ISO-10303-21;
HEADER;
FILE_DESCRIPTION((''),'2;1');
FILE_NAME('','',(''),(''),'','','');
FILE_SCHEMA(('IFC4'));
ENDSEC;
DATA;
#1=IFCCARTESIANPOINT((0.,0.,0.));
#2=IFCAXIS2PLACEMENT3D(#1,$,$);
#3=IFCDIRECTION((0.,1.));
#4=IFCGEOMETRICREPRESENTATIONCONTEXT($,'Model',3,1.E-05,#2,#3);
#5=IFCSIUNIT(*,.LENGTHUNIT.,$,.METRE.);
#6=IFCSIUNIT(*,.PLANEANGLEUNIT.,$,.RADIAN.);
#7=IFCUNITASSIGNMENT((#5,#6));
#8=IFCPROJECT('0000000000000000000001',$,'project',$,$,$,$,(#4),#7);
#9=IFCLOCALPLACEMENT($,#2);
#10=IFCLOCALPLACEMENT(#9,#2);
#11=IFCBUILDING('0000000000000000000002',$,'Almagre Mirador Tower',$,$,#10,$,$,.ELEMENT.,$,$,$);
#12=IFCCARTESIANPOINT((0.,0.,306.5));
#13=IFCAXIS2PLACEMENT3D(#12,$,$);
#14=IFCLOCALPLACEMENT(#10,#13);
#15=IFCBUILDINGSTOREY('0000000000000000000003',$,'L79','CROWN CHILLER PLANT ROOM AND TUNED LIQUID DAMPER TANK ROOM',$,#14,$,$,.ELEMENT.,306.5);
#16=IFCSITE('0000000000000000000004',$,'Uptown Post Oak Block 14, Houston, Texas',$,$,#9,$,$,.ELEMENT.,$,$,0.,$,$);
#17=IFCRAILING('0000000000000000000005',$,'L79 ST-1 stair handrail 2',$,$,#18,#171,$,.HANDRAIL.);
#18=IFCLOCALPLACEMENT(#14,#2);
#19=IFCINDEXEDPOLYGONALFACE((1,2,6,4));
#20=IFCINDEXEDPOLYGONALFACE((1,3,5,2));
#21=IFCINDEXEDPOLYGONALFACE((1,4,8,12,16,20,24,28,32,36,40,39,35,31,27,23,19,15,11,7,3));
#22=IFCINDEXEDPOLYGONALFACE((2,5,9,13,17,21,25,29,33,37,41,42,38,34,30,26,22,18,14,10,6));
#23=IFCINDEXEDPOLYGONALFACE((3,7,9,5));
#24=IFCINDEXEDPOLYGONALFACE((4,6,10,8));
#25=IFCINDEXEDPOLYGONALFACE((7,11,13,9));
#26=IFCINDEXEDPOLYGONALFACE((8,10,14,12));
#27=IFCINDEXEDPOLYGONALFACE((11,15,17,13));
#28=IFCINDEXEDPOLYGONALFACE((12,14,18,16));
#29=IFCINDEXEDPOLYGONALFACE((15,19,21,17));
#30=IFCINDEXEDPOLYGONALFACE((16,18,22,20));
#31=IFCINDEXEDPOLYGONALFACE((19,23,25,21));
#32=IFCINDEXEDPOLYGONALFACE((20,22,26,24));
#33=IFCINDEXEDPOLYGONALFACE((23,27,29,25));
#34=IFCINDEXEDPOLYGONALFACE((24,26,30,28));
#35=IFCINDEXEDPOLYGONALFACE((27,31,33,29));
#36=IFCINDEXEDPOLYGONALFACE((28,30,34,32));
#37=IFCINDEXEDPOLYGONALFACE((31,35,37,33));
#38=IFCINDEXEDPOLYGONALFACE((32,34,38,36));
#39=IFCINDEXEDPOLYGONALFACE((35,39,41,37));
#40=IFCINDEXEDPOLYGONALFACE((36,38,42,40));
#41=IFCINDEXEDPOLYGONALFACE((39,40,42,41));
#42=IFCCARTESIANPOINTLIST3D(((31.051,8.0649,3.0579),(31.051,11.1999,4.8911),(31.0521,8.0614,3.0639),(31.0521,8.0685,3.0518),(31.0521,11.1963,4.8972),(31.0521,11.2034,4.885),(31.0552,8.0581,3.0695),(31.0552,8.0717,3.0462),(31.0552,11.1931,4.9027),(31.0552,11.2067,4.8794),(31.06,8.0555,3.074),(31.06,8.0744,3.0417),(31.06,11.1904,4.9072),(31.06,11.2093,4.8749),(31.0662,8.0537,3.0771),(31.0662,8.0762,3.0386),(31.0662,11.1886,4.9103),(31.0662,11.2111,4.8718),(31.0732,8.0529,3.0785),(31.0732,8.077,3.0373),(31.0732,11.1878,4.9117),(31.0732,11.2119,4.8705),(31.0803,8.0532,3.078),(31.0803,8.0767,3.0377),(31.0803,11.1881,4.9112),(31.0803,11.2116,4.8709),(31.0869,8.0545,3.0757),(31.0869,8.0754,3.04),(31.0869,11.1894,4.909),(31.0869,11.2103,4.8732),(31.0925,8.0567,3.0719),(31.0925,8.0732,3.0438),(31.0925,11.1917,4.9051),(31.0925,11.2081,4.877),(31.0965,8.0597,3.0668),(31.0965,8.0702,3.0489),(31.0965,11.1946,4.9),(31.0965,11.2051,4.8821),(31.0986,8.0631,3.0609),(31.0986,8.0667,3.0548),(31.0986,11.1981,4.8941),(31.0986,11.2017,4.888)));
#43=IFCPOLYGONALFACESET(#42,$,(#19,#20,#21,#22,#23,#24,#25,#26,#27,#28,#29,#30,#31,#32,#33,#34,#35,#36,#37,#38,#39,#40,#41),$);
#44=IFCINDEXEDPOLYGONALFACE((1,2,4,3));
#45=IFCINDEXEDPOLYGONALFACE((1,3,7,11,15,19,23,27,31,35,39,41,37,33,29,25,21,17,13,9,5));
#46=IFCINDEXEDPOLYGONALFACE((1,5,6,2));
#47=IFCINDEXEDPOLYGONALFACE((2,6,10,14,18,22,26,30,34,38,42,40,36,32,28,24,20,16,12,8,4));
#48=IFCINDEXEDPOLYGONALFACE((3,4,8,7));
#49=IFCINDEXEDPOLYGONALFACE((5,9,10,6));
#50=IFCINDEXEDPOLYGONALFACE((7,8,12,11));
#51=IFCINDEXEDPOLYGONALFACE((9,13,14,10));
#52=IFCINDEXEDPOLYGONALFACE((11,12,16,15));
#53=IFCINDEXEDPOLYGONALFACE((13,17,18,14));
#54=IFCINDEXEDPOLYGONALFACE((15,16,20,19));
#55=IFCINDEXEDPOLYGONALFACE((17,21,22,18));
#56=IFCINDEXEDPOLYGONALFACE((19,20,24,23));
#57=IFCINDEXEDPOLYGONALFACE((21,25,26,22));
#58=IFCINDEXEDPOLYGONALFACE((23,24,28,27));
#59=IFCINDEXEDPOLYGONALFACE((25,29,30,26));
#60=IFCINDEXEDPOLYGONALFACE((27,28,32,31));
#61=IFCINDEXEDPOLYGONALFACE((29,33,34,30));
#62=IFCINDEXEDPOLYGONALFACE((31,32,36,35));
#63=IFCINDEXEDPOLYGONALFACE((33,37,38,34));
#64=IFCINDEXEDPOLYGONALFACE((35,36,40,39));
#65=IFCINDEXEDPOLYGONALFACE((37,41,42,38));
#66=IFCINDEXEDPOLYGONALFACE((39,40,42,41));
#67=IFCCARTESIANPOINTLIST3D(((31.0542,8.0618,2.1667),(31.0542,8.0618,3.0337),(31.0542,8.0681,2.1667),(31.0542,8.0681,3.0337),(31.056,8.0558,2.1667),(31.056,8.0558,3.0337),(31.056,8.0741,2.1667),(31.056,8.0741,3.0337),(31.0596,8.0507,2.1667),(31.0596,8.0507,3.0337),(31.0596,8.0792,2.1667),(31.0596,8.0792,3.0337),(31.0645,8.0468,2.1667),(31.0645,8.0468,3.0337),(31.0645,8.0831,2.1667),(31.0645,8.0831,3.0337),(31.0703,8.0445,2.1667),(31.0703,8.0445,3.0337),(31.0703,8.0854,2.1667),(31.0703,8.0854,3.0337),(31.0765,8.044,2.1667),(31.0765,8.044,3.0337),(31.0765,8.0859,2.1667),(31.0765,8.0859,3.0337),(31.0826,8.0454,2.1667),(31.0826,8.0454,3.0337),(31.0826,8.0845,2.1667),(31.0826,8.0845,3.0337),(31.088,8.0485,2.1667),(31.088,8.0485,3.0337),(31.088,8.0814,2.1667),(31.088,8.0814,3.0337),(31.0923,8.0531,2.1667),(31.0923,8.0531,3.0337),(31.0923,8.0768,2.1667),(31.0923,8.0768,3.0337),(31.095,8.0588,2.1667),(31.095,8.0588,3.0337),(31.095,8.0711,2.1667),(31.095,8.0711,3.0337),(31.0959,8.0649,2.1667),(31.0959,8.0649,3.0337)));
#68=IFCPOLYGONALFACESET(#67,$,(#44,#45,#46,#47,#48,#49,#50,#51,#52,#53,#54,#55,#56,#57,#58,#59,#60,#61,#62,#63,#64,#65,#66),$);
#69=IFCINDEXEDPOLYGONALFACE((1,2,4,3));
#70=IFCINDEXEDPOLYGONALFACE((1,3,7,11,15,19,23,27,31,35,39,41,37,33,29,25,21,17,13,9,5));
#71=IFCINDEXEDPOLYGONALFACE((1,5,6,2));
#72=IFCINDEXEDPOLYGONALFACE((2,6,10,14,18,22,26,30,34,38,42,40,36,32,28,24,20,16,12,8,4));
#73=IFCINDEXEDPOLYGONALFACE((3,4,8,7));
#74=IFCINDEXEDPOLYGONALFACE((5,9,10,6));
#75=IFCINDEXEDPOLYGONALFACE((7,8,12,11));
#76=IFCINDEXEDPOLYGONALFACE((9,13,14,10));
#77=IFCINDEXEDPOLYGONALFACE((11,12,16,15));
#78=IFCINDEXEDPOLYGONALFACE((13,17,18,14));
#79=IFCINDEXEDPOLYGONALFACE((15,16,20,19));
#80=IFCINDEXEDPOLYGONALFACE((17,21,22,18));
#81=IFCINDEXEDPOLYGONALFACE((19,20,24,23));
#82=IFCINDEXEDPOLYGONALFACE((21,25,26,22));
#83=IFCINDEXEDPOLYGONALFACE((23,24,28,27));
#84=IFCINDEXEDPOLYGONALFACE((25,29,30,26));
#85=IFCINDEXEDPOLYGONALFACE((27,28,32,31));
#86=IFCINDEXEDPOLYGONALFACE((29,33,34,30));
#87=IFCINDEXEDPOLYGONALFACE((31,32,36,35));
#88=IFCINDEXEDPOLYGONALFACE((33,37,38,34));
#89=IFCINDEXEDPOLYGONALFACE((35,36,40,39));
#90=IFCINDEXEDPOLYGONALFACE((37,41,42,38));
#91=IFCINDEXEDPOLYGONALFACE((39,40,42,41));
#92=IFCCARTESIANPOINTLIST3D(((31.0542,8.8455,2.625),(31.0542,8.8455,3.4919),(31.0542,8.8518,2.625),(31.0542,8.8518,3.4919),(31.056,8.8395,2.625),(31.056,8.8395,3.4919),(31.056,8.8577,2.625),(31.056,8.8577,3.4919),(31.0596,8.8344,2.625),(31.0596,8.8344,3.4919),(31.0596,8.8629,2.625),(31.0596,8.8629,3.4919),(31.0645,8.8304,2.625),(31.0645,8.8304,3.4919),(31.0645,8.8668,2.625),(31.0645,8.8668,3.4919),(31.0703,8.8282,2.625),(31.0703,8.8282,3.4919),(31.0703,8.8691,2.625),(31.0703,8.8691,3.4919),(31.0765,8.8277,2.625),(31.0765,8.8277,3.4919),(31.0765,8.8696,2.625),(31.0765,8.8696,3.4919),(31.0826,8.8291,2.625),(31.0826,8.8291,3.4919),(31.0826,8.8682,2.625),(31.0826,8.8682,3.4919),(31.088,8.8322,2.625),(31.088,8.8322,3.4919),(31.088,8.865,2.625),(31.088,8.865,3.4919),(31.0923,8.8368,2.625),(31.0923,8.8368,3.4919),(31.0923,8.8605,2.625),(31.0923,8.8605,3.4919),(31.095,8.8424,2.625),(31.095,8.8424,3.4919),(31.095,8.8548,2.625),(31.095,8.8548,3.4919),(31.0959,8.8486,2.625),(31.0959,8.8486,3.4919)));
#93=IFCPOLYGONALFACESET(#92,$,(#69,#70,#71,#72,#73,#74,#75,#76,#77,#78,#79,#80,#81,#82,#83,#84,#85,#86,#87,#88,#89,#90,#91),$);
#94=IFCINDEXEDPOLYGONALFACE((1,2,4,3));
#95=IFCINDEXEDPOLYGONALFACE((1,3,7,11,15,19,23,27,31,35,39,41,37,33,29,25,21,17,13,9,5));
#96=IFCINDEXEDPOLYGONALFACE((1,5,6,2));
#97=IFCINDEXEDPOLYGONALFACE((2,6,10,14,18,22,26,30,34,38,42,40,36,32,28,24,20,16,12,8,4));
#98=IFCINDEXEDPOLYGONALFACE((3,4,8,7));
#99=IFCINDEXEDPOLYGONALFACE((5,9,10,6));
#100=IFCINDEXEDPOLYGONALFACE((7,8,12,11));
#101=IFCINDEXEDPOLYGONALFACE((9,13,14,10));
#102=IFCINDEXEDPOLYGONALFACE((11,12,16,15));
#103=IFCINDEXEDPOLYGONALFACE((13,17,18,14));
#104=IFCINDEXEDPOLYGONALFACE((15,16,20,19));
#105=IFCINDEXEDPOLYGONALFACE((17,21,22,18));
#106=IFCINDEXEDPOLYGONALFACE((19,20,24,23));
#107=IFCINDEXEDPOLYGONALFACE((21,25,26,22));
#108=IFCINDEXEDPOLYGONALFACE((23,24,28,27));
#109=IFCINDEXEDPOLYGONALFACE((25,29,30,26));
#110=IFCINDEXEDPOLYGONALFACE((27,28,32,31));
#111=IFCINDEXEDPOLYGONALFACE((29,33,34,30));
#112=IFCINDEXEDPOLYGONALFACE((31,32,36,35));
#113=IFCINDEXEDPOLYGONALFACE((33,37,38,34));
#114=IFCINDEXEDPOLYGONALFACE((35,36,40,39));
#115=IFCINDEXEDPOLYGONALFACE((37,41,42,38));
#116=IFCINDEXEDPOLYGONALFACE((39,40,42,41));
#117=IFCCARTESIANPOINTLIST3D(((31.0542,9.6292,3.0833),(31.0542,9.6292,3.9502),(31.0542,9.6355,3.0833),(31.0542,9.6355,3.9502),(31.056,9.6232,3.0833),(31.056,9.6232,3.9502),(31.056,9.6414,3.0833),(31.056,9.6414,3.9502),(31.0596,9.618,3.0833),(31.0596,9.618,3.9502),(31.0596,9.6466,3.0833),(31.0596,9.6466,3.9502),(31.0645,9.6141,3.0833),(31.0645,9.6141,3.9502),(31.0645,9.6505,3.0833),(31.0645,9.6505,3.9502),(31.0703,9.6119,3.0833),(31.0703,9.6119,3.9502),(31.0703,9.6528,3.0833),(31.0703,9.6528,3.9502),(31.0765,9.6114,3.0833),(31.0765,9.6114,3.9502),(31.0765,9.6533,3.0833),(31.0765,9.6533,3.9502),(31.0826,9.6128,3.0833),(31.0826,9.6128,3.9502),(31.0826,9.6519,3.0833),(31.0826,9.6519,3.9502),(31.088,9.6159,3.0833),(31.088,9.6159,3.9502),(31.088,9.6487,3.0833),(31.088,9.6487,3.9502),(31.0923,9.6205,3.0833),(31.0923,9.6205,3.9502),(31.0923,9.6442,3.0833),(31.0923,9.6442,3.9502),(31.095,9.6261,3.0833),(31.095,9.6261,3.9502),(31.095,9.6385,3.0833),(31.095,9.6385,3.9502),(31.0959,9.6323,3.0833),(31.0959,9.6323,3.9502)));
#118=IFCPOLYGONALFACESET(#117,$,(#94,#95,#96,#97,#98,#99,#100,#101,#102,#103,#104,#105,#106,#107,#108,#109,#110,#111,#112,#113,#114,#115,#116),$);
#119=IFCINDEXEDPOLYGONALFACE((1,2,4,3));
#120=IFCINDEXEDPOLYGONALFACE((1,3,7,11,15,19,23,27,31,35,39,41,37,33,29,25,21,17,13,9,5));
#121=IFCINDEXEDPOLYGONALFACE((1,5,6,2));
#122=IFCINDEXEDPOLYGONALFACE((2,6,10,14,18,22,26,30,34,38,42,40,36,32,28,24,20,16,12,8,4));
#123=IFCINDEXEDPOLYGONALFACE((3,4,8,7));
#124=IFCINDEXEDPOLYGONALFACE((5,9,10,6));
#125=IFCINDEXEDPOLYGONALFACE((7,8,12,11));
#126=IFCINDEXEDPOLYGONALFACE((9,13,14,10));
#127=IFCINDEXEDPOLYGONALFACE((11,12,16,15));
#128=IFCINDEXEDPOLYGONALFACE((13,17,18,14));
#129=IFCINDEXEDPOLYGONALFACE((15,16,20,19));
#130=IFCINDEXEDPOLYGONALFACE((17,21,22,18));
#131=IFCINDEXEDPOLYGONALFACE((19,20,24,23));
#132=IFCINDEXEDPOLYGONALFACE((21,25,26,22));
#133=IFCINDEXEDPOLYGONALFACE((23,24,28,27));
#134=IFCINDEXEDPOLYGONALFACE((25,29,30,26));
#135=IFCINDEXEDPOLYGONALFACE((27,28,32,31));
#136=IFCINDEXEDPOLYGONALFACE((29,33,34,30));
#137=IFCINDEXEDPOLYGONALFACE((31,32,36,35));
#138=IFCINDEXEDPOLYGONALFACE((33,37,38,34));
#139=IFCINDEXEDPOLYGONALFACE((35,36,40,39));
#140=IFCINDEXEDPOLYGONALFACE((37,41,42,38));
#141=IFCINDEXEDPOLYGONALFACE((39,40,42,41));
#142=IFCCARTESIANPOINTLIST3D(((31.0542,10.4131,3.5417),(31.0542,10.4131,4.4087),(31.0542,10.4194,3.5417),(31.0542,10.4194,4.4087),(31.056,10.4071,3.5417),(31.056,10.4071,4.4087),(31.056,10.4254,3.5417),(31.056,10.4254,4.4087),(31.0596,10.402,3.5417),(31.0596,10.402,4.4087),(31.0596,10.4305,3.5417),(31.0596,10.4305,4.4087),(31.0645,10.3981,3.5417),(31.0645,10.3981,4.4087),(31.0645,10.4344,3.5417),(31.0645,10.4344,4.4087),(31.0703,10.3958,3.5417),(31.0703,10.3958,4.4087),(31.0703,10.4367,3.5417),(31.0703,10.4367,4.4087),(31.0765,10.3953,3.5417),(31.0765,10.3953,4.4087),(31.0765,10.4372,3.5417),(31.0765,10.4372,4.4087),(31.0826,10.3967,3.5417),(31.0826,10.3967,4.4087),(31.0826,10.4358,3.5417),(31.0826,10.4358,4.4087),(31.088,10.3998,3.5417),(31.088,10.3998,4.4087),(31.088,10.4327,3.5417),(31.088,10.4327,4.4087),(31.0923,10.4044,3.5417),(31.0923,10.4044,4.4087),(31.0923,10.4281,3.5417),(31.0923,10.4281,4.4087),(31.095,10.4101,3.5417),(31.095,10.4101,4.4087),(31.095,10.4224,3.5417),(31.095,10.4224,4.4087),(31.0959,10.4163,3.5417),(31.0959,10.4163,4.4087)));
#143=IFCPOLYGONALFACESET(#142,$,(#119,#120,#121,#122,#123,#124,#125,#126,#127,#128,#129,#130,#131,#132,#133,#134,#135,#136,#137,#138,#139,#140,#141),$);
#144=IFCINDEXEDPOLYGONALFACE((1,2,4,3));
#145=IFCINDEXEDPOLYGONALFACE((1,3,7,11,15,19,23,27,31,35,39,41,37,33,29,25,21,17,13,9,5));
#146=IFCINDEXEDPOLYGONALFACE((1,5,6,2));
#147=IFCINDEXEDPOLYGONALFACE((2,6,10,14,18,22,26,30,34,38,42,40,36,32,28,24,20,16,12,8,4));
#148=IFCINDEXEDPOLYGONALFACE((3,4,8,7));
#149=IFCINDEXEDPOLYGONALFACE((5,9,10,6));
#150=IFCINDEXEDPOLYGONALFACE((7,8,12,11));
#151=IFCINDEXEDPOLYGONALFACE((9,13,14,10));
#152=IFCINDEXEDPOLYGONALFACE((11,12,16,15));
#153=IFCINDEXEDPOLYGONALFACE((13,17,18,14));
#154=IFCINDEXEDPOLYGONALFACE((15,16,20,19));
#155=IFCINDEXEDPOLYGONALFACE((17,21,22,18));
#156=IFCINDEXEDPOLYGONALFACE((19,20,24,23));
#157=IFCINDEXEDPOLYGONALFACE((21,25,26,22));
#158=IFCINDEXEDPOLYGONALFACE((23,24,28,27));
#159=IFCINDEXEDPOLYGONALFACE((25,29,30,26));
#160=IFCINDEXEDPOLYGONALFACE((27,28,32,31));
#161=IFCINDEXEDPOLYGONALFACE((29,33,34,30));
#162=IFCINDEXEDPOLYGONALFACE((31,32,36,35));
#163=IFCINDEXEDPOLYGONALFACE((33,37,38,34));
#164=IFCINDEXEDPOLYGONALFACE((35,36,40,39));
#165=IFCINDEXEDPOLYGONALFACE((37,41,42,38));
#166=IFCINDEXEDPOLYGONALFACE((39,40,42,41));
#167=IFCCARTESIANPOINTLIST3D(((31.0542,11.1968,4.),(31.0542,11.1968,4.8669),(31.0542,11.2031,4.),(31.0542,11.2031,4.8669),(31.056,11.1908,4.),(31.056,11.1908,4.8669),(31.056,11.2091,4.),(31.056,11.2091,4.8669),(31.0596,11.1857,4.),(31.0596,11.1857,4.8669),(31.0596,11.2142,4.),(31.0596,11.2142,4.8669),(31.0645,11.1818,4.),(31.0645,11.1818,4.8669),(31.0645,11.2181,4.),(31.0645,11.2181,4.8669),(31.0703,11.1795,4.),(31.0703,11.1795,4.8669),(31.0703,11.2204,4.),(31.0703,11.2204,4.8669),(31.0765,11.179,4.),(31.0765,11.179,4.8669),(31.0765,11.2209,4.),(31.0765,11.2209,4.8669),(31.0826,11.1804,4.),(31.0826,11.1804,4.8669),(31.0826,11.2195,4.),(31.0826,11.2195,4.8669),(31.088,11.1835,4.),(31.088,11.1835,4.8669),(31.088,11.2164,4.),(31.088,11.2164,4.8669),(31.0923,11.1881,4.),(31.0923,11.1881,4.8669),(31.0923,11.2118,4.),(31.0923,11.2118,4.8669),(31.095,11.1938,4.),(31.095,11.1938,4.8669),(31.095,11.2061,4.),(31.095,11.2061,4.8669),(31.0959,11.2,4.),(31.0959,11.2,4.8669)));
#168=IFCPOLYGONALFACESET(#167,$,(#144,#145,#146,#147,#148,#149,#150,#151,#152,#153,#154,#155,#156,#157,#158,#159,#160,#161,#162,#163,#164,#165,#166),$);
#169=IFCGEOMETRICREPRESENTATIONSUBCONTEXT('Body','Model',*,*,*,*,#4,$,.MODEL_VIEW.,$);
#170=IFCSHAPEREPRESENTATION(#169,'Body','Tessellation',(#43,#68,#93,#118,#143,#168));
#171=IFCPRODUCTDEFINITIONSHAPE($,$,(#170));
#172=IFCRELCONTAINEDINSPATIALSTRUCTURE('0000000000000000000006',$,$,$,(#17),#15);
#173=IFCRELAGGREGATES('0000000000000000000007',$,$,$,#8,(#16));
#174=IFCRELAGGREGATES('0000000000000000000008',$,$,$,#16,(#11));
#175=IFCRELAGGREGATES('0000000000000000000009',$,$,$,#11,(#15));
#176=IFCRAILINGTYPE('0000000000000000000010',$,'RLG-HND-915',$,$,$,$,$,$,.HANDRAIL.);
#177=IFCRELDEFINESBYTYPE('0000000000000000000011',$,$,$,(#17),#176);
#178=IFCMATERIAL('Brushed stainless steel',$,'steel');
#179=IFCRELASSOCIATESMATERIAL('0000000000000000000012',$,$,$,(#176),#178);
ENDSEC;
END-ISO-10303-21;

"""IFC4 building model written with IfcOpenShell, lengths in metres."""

from ifc_helpers import new_model, si_unit, direction, frame, origin, origin_2d, place, context, subcontext, project, spatial, circle, extrude, material, type_object, element, save


model = new_model("IFC4")

# Units and contexts
model_context = context("Model", 3, precision=1e-05, world=origin(), true_north=direction((0.0, 1.0)))
body_context = subcontext(model_context, "Body", "Model", "MODEL_VIEW")
ifc_project = project(units=[si_unit("LENGTHUNIT", "METRE"), si_unit("PLANEANGLEUNIT", "RADIAN")], contexts=[model_context])

# Site, building, storey
site_placement = place(None, origin())
site = spatial("IfcSite", under=ifc_project, at=site_placement, Name="Uptown Post Oak Block 14, Houston, Texas", CompositionType="ELEMENT", RefElevation=0.0)
building_placement = place(site_placement, origin())
building = spatial("IfcBuilding", under=site, at=building_placement, Name="Almagre Mirador Tower", CompositionType="ELEMENT")
storey_placement = place(building_placement, frame((0.0, 0.0, 306.5)))
storey = spatial("IfcBuildingStorey", under=building, at=storey_placement, Name="L79", Description="CROWN CHILLER PLANT ROOM AND TUNED LIQUID DAMPER TANK ROOM", CompositionType="ELEMENT", Elevation=306.5)

# Railing
ifc_material_1 = material(Name="Brushed stainless steel", Category="steel")
railing_type_1 = type_object("IfcRailingType", Name="RLG-HND-915", PredefinedType="HANDRAIL", material=ifc_material_1)
railing_1_placement = place(storey_placement, frame((31.075, 8.0649, 2.1667)))
element("IfcRailing", 1, at=railing_1_placement, inside=storey, type_object=railing_type_1, Name="L79 ST-1 stair handrail 2", PredefinedType="HANDRAIL", context=body_context, shape_type="SweptSolid", body=[
    extrude(circle(Radius=0.0239, at=origin_2d()), frame((0.0, 0.0, 0.8911), z_axis=(0.0, 0.86324, 0.504794), x_axis=(-1.0, 0.0, 0.0)), (0.0, 0.0, 1.0), 3.6316),
    extrude(circle(Radius=0.021, at=origin_2d()), origin(), (0.0, 0.0, 1.0), 0.8669),
    extrude(circle(Radius=0.021, at=origin_2d()), frame((0.0, 0.7837, 0.4583)), (0.0, 0.0, 1.0), 0.8669),
    extrude(circle(Radius=0.021, at=origin_2d()), frame((0.0, 1.5674, 0.9165)), (0.0, 0.0, 1.0), 0.8669),
    extrude(circle(Radius=0.021, at=origin_2d()), frame((0.0, 2.3513, 1.375)), (0.0, 0.0, 1.0), 0.8669),
    extrude(circle(Radius=0.021, at=origin_2d()), frame((0.0, 3.135, 1.8333)), (0.0, 0.0, 1.0), 0.8669),
])

save(model, "model.ifc")
